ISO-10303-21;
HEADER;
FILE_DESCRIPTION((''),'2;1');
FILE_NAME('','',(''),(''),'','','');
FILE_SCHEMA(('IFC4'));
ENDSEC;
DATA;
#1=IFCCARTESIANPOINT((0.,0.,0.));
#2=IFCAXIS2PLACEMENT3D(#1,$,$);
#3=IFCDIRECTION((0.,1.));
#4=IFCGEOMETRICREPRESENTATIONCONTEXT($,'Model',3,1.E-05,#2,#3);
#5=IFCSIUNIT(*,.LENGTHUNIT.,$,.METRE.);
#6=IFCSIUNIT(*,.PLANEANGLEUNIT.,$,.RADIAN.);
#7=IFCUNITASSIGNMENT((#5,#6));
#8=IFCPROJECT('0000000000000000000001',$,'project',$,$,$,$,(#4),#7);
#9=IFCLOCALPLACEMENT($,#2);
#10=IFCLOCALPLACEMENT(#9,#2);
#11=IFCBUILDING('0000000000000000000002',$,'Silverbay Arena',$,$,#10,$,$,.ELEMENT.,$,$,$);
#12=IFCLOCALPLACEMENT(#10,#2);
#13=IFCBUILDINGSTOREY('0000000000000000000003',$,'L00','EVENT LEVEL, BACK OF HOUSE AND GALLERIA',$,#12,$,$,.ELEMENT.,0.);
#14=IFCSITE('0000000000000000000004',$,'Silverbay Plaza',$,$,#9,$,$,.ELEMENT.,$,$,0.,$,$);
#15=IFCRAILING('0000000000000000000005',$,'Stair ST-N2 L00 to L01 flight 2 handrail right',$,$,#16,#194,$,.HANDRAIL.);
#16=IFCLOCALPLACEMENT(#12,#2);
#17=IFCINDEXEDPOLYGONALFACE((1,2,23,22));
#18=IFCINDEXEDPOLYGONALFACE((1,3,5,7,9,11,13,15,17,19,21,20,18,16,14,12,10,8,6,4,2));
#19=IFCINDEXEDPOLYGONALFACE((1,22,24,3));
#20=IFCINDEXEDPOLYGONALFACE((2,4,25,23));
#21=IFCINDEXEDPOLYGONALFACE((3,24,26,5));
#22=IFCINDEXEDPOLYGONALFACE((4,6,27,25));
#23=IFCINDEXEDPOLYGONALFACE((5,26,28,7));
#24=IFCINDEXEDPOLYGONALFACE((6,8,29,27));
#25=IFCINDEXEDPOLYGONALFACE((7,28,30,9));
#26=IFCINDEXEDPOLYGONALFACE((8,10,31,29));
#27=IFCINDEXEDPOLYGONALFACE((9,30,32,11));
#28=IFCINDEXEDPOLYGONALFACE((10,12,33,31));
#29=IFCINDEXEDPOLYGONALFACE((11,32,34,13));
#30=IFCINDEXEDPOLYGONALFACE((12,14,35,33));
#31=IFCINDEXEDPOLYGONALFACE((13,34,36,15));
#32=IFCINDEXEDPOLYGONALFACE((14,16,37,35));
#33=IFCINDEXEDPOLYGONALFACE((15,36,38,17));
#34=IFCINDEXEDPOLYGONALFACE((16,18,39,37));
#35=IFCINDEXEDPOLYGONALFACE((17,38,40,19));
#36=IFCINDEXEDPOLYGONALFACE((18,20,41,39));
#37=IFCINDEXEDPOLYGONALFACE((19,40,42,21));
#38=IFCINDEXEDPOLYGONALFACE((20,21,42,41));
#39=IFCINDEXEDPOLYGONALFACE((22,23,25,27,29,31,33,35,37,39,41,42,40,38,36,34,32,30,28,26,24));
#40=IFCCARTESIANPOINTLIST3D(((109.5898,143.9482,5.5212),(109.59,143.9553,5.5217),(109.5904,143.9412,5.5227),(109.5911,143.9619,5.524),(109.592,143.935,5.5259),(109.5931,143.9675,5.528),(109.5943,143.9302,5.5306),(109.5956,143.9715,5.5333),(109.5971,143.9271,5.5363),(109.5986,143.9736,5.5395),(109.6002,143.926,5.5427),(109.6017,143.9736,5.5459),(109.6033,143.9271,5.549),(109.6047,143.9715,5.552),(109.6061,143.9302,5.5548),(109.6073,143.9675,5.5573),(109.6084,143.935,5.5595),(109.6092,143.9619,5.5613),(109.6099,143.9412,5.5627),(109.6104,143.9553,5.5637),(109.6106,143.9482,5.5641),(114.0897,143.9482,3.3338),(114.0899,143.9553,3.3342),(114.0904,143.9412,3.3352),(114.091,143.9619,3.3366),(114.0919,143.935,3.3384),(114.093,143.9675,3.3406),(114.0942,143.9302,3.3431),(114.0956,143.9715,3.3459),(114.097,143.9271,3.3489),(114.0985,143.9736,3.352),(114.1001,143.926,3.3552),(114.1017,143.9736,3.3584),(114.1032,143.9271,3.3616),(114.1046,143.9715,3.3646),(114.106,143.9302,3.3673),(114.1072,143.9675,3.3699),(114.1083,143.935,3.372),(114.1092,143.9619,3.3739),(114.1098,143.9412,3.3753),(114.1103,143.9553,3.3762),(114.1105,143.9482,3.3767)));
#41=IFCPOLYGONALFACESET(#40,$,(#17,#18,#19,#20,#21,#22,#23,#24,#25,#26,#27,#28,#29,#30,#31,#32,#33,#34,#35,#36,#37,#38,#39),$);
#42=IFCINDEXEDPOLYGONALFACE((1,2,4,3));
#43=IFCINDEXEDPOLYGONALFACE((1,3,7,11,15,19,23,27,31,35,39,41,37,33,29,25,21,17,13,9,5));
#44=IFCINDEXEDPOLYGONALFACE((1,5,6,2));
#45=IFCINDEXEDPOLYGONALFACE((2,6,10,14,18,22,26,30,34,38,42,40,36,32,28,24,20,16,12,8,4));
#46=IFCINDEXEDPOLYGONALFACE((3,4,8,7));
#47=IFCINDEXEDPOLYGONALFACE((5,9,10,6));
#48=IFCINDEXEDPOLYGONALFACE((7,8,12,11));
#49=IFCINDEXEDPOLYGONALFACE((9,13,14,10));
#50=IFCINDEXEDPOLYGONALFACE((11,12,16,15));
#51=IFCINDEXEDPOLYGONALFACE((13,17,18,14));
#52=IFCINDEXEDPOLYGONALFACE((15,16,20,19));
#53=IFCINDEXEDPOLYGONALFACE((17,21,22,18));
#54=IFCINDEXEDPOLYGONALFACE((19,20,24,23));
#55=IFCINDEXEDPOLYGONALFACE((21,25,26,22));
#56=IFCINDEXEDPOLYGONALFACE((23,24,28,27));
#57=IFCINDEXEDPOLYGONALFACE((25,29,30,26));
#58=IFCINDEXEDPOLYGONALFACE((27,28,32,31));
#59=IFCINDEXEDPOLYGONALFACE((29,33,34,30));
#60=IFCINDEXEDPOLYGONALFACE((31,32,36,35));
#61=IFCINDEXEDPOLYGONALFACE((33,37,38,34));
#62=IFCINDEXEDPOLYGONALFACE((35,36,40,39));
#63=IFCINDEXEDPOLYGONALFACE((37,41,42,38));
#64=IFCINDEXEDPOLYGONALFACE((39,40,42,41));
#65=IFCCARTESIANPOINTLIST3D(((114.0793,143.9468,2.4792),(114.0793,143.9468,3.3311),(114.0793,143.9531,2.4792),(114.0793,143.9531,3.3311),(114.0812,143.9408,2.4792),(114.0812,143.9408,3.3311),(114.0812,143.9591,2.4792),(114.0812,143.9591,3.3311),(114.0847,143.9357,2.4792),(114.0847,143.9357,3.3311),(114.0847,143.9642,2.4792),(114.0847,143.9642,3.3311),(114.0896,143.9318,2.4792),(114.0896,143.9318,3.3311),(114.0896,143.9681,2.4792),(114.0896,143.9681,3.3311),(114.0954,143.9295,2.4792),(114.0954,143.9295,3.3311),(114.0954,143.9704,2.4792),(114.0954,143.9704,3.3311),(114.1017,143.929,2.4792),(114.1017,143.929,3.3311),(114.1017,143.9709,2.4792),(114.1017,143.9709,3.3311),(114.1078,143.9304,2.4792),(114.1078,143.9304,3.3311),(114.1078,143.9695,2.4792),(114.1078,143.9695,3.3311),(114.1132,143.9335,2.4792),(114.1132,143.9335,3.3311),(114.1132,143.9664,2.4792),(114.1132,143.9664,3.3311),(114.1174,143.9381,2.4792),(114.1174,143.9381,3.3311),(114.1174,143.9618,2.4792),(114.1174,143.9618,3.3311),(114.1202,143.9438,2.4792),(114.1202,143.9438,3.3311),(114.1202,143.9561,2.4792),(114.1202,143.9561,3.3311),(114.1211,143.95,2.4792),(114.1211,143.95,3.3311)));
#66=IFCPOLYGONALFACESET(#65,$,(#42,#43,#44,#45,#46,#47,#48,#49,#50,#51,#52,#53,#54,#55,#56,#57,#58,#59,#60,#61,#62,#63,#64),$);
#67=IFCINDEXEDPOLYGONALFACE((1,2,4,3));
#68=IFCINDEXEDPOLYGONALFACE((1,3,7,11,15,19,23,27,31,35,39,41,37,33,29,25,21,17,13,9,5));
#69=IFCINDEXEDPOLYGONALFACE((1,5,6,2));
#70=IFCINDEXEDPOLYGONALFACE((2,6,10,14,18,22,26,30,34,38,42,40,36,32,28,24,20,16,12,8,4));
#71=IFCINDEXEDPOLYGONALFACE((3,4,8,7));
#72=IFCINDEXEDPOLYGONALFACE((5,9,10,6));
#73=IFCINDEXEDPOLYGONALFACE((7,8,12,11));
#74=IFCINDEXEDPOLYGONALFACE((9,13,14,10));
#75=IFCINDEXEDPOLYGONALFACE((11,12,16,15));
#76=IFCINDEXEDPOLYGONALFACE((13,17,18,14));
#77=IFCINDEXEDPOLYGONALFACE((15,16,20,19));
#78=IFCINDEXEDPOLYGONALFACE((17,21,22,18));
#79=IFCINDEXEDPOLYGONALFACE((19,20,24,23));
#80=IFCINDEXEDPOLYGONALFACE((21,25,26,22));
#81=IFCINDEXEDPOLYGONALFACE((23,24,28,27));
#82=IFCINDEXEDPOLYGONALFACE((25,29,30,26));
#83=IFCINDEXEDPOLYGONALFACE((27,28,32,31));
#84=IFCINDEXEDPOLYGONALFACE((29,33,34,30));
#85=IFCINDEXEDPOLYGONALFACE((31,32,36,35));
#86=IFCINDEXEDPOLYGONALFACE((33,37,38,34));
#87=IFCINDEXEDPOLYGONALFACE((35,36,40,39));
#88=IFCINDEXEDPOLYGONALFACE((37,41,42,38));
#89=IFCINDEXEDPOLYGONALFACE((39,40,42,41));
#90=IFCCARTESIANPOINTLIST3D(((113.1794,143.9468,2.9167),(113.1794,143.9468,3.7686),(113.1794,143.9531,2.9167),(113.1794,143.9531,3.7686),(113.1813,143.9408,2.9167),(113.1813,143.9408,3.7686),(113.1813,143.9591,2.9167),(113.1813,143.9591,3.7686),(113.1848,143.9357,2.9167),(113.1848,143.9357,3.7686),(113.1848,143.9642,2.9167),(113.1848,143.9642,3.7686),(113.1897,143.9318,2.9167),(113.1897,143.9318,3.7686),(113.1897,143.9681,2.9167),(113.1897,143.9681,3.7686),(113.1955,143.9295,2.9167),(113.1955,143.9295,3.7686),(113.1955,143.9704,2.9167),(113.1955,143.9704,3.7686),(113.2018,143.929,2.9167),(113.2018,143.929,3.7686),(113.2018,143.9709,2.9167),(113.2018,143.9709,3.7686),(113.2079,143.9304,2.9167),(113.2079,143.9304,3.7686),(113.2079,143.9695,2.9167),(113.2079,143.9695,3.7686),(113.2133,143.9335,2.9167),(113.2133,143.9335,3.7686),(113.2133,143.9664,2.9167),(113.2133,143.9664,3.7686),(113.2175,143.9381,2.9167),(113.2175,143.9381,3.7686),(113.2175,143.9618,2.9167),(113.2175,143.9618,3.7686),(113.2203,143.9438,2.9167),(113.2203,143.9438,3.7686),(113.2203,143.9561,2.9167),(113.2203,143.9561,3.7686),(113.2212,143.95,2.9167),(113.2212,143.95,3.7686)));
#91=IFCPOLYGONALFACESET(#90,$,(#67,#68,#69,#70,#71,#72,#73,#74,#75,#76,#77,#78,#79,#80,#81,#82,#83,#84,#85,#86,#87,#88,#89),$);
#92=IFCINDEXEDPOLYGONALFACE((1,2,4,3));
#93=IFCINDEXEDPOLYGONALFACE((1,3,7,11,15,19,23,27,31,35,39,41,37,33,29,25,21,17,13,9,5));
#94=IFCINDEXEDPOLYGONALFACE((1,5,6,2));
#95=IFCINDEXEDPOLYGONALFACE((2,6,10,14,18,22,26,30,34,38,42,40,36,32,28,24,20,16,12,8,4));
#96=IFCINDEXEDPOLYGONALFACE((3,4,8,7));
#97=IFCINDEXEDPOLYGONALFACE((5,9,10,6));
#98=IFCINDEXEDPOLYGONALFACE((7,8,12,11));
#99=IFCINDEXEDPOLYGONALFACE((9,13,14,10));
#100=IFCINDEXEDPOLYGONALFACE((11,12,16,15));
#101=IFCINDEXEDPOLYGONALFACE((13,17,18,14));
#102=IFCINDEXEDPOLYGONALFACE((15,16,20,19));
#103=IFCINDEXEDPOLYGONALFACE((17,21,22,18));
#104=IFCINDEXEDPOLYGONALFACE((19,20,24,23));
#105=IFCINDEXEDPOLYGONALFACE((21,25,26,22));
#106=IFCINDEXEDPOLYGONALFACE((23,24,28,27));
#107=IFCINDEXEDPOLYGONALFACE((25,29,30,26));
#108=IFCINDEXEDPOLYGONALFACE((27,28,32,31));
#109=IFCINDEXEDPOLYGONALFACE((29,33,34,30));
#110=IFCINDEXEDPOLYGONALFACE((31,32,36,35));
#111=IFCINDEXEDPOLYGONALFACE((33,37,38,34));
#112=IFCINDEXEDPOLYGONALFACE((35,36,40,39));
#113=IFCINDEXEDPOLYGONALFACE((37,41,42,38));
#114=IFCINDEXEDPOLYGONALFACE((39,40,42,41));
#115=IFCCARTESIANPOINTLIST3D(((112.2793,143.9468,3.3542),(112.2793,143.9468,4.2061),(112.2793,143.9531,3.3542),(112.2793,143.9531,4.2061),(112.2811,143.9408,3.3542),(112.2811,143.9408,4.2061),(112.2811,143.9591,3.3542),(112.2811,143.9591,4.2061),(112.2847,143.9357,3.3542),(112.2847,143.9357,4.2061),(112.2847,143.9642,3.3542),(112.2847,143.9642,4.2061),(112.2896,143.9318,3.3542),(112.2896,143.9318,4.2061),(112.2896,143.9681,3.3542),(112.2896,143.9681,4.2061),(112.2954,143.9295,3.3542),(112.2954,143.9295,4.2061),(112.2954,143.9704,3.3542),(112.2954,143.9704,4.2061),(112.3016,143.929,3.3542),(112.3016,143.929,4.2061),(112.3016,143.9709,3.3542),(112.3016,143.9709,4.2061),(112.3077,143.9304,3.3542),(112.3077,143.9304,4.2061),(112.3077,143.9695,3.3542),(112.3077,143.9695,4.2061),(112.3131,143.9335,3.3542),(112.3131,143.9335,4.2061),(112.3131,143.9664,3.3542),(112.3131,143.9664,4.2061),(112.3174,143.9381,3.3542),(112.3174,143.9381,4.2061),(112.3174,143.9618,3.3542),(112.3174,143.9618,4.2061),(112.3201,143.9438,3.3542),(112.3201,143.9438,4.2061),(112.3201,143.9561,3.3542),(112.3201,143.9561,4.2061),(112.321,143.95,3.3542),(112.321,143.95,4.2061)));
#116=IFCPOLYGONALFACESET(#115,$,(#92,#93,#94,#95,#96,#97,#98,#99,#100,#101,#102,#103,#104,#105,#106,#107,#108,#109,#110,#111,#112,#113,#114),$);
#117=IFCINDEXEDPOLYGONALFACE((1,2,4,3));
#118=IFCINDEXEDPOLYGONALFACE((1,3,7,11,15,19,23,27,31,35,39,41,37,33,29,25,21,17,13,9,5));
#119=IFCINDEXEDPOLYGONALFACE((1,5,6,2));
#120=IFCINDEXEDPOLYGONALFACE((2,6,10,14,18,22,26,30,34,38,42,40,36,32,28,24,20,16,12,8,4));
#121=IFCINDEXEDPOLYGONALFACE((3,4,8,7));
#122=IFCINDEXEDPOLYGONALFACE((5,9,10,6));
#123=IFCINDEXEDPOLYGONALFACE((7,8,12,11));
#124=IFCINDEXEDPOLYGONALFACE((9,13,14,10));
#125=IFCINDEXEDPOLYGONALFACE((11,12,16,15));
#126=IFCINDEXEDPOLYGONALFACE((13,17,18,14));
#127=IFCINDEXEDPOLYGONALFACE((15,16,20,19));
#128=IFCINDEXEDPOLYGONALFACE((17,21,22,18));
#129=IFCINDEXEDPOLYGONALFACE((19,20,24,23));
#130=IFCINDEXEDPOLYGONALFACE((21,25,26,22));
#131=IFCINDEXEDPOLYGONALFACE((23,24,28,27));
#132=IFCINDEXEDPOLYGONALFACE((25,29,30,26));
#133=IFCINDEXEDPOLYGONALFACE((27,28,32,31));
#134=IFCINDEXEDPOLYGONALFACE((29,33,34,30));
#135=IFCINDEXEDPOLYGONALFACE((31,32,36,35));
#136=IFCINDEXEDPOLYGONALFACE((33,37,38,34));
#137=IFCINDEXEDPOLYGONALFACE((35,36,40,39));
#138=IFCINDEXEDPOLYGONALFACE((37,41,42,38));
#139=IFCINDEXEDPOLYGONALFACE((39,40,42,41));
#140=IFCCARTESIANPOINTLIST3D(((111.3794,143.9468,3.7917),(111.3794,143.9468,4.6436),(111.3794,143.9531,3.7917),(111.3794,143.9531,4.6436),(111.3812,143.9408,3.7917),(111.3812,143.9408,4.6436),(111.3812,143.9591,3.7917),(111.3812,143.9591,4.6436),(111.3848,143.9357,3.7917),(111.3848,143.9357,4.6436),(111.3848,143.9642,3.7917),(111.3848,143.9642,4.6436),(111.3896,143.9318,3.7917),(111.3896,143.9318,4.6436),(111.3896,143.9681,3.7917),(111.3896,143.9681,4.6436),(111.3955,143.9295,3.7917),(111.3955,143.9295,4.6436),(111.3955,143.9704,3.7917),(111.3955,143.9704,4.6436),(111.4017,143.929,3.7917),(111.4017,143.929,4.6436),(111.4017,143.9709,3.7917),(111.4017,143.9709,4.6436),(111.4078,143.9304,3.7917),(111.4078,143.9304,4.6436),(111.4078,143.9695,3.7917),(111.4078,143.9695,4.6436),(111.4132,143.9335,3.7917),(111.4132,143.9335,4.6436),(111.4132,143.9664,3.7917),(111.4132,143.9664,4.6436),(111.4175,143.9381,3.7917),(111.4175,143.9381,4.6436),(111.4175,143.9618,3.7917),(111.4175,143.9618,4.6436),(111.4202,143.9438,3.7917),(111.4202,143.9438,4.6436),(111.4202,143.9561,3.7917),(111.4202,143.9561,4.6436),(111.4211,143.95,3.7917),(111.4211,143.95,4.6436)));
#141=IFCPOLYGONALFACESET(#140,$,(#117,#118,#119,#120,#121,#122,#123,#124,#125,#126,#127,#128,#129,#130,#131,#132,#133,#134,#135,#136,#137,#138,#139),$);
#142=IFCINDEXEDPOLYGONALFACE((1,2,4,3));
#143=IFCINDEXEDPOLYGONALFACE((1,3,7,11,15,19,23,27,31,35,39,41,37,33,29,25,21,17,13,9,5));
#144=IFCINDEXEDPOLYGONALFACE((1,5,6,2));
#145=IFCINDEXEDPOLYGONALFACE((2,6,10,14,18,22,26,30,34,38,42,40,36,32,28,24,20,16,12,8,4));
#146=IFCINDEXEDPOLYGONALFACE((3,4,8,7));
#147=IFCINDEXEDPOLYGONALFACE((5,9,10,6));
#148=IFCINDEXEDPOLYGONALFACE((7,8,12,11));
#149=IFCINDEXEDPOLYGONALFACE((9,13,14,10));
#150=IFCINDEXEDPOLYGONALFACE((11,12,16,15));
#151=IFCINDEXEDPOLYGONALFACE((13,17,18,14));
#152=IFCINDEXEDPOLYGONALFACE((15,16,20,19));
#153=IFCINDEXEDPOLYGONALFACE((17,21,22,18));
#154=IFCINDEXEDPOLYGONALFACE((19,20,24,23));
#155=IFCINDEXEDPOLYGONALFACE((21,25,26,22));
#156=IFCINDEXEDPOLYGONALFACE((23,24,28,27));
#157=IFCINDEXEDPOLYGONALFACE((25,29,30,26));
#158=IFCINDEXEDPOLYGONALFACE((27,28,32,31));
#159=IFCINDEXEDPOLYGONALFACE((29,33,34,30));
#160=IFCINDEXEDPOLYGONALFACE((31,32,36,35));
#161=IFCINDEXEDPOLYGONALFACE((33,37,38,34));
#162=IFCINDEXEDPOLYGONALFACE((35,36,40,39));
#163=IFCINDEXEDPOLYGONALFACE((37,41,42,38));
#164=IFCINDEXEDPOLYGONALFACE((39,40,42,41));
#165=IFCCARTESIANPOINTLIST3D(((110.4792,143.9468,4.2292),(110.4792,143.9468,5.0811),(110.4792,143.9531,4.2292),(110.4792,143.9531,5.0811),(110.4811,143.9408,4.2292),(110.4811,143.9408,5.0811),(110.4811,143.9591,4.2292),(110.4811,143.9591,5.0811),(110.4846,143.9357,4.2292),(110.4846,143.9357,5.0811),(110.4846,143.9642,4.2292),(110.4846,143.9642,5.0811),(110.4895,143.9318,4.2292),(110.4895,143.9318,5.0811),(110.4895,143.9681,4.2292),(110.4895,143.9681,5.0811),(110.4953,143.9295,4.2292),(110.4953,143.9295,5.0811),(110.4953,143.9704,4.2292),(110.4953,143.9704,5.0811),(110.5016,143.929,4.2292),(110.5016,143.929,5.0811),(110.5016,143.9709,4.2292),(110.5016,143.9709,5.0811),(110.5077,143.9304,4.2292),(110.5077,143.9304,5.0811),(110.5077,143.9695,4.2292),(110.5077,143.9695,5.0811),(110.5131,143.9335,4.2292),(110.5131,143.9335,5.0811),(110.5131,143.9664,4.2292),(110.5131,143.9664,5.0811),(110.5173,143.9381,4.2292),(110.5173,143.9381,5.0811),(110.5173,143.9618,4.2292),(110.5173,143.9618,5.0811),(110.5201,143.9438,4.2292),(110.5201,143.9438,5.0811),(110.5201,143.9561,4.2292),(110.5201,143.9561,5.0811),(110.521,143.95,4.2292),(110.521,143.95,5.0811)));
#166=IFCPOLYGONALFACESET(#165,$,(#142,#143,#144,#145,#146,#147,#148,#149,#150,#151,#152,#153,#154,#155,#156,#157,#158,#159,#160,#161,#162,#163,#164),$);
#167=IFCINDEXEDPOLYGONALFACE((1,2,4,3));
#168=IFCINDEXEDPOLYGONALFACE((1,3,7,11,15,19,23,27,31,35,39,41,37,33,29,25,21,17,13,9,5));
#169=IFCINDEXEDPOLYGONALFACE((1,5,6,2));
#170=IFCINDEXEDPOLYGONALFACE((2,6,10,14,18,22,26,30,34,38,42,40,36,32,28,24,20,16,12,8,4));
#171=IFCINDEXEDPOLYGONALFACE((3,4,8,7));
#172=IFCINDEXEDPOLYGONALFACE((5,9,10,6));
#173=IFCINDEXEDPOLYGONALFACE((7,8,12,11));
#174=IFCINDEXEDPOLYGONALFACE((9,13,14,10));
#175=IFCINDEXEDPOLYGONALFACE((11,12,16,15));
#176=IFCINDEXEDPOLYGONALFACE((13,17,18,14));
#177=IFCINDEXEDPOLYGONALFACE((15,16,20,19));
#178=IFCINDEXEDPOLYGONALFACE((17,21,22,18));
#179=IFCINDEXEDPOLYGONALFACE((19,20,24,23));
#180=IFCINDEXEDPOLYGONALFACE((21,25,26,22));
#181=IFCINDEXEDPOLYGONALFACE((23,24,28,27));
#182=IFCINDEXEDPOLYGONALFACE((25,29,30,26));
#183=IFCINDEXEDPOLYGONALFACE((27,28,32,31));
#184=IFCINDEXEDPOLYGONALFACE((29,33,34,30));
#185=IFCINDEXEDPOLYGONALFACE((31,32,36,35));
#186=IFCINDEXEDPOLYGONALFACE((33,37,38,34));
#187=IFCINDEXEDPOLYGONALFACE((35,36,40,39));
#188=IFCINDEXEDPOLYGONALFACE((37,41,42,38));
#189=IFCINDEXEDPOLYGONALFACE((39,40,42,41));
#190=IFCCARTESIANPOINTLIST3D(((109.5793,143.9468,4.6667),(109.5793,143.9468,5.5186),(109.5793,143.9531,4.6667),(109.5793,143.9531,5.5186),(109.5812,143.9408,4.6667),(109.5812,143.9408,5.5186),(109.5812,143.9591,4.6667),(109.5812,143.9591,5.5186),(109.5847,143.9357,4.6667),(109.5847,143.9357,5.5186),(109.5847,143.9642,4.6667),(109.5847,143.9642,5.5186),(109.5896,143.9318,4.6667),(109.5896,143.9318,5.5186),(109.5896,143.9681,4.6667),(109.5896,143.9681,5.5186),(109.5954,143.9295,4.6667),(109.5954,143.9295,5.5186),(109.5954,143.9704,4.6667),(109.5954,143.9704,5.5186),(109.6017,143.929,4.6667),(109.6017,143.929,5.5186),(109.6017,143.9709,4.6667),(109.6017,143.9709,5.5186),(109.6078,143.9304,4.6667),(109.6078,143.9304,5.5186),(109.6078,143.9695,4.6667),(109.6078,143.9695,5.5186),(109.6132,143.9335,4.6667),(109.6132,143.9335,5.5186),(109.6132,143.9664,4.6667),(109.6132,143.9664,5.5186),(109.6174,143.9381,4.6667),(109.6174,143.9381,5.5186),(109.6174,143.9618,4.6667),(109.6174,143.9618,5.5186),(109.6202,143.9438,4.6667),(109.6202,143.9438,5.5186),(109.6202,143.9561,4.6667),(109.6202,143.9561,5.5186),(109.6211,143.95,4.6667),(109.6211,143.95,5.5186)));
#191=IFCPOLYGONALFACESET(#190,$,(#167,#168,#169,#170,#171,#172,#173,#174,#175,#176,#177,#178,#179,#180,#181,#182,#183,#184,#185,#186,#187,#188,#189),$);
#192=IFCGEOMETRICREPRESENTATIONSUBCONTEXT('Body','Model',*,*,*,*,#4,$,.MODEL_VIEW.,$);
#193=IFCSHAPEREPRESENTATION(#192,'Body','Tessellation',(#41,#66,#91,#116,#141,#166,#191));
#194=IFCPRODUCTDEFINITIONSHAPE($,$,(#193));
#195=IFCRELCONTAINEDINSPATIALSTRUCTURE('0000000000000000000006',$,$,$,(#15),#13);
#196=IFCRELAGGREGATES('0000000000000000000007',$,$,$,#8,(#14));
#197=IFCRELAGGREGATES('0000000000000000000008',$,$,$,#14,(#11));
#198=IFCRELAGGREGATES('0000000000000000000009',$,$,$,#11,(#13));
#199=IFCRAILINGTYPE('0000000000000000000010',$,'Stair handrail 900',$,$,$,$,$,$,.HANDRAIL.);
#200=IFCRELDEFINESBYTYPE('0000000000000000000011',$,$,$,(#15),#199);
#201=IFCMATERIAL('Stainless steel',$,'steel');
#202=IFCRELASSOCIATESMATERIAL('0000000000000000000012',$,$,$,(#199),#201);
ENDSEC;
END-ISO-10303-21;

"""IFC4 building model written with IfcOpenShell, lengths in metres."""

from ifc_helpers import new_model, si_unit, direction, frame, origin, origin_2d, place, context, subcontext, project, spatial, circle, extrude, material, type_object, element, save


model = new_model("IFC4")

# Units and contexts
model_context = context("Model", 3, precision=1e-05, world=origin(), true_north=direction((0.0, 1.0)))
body_context = subcontext(model_context, "Body", "Model", "MODEL_VIEW")
ifc_project = project(units=[si_unit("LENGTHUNIT", "METRE"), si_unit("PLANEANGLEUNIT", "RADIAN")], contexts=[model_context])

# Site, building, storey
site_placement = place(None, origin())
site = spatial("IfcSite", under=ifc_project, at=site_placement, Name="Silverbay Plaza", CompositionType="ELEMENT", RefElevation=0.0)
building_placement = place(site_placement, origin())
building = spatial("IfcBuilding", under=site, at=building_placement, Name="Silverbay Arena", CompositionType="ELEMENT")
storey_placement = place(building_placement, origin())
storey = spatial("IfcBuildingStorey", under=building, at=storey_placement, Name="L00", Description="EVENT LEVEL, BACK OF HOUSE AND GALLERIA", CompositionType="ELEMENT", Elevation=0.0)

# Railing
ifc_material_1 = material(Name="Stainless steel", Category="steel")
railing_type = type_object("IfcRailingType", Name="Stair handrail 900", PredefinedType="HANDRAIL", material=ifc_material_1)
railing_1_placement = place(storey_placement, frame((114.1001, 143.95, 2.4792)))
element("IfcRailing", 1, at=railing_1_placement, inside=storey, type_object=railing_type, Name="Stair ST-N2 L00 to L01 flight 2 handrail right", PredefinedType="HANDRAIL", context=body_context, shape_type="SweptSolid", body=[
    extrude(circle(Radius=0.0239, at=origin_2d()), frame((0.0, 0.0, 0.876), z_axis=(-0.899368, 0.0, 0.437193), x_axis=(0.0, -1.0, 0.0)), (0.0, 0.0, 1.0), 5.0034),
    extrude(circle(Radius=0.021, at=origin_2d()), origin(), (0.0, 0.0, 1.0), 0.8518),
    extrude(circle(Radius=0.021, at=origin_2d()), frame((-0.8999, 0.0, 0.4375)), (0.0, 0.0, 1.0), 0.8518),
    extrude(circle(Radius=0.021, at=origin_2d()), frame((-1.8, 0.0, 0.875)), (0.0, 0.0, 1.0), 0.8518),
    extrude(circle(Radius=0.021, at=origin_2d()), frame((-2.7, 0.0, 1.3125)), (0.0, 0.0, 1.0), 0.8518),
    extrude(circle(Radius=0.021, at=origin_2d()), frame((-3.6001, 0.0, 1.75)), (0.0, 0.0, 1.0), 0.8518),
    extrude(circle(Radius=0.021, at=origin_2d()), frame((-4.5, 0.0, 2.1875)), (0.0, 0.0, 1.0), 0.8518),
])

save(model, "model.ifc")
